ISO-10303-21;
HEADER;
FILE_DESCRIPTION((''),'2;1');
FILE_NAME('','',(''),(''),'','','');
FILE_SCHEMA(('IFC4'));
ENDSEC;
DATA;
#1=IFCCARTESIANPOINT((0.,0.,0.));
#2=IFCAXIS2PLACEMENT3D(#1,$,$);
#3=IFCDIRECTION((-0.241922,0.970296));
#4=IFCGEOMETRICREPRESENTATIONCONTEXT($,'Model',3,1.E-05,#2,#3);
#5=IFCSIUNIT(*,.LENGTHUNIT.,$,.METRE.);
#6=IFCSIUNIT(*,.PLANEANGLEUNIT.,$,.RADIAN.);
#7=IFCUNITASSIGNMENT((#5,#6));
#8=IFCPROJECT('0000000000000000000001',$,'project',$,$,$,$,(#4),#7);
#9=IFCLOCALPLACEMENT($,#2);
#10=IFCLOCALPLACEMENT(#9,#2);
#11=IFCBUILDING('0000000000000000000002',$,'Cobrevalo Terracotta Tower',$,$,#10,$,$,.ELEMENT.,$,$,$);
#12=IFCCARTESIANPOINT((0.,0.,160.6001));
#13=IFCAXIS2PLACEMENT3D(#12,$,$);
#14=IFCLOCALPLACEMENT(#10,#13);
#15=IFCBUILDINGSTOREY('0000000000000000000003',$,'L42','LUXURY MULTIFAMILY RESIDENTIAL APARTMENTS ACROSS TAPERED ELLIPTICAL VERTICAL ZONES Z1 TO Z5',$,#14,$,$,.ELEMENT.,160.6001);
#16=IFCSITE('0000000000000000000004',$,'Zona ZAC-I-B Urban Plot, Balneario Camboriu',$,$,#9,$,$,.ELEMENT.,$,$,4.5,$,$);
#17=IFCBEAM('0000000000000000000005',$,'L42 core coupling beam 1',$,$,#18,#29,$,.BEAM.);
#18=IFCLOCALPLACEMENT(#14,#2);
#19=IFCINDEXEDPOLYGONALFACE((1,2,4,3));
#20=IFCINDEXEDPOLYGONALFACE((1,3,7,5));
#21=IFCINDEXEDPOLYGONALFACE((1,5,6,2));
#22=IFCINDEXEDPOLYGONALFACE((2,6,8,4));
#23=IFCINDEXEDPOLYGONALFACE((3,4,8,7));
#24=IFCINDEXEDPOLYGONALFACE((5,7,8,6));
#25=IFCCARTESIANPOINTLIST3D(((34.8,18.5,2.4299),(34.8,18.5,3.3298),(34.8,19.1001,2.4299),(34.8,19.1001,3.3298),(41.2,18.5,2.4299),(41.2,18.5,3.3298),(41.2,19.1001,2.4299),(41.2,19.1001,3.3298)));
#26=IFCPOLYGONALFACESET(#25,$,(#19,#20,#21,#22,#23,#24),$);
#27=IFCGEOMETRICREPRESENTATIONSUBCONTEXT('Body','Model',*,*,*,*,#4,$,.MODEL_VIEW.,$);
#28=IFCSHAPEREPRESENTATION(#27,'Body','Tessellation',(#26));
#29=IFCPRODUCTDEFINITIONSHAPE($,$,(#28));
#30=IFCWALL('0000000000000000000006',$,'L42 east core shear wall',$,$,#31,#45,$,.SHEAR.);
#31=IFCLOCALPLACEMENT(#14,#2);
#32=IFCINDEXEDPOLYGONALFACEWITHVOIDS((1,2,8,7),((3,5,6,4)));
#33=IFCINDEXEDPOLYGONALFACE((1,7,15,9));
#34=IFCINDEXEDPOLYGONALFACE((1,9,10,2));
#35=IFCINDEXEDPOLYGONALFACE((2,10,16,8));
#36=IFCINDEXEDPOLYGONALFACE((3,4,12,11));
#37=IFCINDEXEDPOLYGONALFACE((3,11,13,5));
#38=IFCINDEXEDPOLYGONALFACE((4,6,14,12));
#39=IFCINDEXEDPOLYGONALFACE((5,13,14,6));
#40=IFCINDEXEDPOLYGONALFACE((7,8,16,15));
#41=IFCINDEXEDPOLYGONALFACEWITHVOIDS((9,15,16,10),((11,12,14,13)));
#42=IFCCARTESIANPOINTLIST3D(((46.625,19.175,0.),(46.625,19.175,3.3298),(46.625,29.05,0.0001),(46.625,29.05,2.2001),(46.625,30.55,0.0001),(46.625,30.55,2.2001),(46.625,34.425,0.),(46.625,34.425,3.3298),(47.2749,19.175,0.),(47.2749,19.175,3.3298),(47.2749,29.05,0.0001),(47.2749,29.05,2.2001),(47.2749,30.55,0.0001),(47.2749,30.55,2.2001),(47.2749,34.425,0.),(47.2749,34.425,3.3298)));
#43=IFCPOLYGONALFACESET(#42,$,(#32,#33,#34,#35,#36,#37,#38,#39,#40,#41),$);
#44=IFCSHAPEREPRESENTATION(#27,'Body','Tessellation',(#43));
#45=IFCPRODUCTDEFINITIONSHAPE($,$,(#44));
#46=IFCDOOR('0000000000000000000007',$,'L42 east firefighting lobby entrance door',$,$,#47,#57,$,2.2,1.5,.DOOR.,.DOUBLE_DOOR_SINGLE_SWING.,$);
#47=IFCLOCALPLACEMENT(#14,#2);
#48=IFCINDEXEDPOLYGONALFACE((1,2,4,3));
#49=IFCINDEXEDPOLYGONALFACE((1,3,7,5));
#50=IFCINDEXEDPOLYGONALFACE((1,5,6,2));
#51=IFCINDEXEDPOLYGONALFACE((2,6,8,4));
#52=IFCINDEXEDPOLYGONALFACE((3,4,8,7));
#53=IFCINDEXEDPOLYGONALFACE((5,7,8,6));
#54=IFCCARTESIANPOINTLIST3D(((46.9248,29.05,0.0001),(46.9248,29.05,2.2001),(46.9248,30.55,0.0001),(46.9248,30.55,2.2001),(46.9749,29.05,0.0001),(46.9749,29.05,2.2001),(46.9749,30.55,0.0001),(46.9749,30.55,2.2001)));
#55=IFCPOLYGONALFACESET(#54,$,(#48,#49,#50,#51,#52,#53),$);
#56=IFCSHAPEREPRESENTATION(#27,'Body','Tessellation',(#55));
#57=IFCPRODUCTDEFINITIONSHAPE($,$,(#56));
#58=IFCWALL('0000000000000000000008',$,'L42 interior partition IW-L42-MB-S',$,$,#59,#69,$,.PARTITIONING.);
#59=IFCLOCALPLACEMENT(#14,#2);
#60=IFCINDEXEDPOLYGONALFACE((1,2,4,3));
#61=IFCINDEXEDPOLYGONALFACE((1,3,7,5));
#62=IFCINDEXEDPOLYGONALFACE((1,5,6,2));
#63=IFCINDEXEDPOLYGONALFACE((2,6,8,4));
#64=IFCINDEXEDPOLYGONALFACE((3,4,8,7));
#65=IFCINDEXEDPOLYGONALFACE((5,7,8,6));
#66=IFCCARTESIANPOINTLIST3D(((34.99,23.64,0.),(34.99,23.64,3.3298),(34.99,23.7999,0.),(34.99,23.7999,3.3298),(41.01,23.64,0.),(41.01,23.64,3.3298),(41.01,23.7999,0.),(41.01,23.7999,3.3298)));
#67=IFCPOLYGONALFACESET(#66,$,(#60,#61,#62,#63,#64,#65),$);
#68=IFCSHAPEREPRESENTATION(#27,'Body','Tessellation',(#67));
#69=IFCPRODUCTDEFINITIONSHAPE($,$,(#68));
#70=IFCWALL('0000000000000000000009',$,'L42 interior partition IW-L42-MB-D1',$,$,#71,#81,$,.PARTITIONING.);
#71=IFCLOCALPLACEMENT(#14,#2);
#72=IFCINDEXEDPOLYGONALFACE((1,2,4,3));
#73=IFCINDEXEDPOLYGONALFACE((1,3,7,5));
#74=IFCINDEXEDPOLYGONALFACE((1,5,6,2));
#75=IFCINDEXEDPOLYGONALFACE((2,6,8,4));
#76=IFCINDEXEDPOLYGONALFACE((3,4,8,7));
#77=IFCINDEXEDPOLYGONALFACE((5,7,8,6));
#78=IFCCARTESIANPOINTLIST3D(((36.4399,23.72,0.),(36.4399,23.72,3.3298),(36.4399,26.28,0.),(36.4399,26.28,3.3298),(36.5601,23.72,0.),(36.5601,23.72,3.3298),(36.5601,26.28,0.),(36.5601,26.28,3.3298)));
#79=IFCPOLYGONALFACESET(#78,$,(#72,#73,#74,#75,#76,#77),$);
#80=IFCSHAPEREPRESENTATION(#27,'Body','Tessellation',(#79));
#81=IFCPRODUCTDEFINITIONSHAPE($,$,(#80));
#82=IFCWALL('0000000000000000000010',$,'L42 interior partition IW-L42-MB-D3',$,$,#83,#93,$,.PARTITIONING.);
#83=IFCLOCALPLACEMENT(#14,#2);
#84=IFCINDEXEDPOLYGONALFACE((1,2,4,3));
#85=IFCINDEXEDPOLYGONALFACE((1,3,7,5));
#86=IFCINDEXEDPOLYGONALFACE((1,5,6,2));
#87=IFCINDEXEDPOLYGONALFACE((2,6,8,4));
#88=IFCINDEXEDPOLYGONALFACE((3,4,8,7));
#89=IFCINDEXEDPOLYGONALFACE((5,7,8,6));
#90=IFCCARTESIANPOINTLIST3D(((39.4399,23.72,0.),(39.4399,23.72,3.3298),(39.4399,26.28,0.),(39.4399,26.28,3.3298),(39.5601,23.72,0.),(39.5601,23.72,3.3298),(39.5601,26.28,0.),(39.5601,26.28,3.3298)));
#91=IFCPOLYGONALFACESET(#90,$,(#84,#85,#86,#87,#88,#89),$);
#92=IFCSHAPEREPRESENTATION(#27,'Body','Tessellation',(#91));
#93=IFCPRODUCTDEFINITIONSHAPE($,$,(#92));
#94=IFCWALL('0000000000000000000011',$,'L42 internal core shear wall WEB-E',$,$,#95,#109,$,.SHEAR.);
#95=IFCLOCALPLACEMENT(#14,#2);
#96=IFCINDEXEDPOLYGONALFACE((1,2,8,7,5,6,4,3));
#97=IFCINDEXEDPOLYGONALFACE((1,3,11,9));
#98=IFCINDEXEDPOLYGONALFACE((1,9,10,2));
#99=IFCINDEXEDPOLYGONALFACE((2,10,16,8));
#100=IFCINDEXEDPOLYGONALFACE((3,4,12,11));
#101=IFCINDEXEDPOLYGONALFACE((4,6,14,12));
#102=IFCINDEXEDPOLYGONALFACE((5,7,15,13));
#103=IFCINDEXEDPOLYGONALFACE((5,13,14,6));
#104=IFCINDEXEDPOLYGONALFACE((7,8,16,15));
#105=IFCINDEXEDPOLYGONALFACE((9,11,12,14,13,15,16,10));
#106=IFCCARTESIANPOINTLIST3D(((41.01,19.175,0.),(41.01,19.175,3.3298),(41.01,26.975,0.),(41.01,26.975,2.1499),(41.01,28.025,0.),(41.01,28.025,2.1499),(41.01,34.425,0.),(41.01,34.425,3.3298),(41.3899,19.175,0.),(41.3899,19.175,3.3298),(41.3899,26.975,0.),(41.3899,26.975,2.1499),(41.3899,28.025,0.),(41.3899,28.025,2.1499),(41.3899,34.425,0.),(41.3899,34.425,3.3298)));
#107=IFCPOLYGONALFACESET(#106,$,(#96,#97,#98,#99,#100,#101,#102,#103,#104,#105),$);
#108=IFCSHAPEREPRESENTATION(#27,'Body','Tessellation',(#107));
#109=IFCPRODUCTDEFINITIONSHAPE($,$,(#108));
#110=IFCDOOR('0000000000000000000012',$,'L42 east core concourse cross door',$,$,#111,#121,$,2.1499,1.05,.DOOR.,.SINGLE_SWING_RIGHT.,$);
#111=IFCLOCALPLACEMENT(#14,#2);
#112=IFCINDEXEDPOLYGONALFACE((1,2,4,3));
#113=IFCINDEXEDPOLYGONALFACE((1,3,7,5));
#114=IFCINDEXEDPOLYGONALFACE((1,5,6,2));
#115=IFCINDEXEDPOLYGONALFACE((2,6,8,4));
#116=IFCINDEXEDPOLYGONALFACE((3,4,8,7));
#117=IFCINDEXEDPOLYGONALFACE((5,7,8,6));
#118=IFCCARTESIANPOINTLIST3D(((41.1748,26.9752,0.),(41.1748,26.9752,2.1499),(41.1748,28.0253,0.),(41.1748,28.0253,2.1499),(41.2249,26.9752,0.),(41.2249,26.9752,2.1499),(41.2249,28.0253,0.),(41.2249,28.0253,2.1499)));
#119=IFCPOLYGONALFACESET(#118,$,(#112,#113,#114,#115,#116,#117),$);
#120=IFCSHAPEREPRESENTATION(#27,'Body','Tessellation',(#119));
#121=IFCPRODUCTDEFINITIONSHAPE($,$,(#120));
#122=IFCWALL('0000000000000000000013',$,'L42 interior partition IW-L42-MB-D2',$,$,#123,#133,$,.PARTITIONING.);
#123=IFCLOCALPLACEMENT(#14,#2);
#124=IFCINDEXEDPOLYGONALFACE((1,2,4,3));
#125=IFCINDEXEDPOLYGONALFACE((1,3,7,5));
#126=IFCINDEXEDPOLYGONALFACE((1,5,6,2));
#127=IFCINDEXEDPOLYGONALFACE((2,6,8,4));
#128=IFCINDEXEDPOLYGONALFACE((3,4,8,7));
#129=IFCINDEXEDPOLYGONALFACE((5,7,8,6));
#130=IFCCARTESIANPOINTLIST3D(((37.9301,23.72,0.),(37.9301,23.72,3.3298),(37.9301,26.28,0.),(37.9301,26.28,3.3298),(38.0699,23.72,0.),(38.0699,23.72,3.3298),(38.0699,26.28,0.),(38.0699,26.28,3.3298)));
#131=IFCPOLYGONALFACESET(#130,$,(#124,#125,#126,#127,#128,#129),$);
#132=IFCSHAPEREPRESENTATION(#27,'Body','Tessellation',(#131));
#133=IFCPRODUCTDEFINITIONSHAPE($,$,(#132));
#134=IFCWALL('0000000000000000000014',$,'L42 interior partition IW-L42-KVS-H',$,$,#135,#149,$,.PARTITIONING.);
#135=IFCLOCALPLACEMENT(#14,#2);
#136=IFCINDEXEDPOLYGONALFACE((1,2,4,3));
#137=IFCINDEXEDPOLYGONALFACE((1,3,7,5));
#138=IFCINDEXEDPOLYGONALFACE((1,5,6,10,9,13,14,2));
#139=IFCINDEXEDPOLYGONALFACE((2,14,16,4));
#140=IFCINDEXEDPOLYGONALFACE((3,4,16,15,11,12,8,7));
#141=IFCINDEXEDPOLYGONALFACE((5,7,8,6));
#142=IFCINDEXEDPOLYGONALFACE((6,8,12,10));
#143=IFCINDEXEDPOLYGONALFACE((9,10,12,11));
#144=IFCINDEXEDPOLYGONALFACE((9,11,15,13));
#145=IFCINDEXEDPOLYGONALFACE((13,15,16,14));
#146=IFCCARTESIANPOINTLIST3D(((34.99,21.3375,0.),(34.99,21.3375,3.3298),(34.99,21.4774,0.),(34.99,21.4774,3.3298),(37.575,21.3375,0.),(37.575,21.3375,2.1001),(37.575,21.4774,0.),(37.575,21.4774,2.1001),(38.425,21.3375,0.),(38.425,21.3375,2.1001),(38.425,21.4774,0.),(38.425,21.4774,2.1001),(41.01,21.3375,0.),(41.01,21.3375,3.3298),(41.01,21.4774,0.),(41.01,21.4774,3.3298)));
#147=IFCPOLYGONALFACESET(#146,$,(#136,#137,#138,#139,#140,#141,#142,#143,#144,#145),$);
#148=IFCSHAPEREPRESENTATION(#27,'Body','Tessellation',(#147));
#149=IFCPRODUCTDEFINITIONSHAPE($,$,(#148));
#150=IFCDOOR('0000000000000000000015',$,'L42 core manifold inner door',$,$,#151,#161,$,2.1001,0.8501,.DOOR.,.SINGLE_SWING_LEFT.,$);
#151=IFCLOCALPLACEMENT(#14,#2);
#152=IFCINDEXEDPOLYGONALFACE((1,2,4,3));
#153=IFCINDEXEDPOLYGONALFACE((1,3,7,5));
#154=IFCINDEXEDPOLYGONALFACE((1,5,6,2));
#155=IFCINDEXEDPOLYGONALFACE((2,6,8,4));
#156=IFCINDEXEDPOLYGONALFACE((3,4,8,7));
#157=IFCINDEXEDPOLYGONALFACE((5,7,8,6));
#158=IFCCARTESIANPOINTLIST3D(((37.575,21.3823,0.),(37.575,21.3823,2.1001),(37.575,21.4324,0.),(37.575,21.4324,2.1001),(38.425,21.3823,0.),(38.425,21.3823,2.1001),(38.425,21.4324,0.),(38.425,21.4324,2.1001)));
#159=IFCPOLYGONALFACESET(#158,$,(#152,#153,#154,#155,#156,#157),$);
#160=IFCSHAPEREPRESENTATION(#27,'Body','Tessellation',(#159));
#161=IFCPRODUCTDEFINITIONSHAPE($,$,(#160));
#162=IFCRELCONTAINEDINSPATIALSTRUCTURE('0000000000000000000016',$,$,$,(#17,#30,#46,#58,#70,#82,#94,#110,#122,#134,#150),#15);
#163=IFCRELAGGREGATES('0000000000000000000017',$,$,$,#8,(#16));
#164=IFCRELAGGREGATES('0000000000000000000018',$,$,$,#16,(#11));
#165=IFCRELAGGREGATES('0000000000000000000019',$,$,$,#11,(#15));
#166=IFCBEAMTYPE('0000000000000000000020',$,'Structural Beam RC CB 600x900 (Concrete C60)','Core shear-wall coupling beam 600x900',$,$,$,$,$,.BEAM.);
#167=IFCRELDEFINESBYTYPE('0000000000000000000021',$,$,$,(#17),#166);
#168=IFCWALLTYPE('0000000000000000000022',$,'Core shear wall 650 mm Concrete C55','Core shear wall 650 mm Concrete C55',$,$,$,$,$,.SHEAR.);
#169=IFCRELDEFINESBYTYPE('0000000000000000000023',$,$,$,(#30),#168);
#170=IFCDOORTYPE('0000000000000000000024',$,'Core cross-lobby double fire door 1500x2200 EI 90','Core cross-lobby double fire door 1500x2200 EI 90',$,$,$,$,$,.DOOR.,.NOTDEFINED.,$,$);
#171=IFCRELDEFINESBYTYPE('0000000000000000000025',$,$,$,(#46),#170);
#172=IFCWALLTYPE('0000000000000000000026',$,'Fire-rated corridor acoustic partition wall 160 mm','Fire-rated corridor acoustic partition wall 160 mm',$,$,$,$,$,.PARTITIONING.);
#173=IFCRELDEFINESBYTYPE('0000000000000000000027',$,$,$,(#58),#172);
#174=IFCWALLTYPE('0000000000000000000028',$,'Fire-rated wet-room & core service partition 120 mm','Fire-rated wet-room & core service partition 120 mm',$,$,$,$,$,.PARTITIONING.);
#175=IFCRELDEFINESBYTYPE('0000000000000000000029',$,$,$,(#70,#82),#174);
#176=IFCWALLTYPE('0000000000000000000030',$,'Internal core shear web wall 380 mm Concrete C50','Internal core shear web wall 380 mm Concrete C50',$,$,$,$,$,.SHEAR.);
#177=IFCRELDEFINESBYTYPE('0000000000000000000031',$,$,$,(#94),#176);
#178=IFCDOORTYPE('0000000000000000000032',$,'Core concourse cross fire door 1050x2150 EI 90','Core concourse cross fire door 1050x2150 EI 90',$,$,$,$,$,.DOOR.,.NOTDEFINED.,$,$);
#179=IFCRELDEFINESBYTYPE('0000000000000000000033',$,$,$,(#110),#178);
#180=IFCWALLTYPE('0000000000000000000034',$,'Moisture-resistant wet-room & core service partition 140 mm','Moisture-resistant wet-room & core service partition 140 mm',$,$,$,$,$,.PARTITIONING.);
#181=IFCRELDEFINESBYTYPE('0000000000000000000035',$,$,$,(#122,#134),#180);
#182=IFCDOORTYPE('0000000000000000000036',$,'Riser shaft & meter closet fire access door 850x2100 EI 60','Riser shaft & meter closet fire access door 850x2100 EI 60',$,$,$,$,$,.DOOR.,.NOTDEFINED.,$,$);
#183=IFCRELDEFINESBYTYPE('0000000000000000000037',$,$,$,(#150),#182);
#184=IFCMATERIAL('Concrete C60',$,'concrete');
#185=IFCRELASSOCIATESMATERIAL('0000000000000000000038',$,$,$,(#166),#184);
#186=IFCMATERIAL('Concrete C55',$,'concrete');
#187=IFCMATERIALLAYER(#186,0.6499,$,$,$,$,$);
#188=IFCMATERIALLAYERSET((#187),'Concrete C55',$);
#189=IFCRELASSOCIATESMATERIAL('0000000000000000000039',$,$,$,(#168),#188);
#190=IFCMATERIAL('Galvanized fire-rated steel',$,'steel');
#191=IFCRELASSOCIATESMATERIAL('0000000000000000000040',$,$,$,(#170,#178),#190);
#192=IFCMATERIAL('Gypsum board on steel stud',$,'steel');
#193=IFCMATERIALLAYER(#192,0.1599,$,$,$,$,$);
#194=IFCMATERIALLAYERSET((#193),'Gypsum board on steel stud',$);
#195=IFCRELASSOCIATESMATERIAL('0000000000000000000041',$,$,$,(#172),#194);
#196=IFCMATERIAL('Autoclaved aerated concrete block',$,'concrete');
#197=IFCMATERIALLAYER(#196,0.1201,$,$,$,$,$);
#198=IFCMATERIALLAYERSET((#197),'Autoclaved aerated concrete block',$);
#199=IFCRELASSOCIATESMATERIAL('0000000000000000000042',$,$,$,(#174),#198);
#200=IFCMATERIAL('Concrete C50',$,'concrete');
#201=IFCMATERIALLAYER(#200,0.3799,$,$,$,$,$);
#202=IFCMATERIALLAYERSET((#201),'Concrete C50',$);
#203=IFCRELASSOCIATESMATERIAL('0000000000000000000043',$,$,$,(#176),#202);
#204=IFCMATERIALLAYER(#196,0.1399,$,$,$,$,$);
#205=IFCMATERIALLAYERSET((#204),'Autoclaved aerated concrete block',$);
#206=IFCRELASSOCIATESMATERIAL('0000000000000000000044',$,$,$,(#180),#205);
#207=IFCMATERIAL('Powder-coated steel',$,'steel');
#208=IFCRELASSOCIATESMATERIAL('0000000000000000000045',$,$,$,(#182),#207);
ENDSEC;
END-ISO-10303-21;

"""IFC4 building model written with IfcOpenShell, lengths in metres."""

from ifc_helpers import new_model, si_unit, direction, frame, frame_2d, origin, origin_2d, place, context, subcontext, project, spatial, rectangle, extrude, source, transform, mapped, material, layer, layer_set, material_profile, profile_set, type_object, element, fill, save


model = new_model("IFC4")

# Units and contexts
model_context = context("Model", 3, precision=1e-05, world=origin(), true_north=direction((-0.241922, 0.970296)))
body_context = subcontext(model_context, "Body", "Model", "MODEL_VIEW")
ifc_project = project(units=[si_unit("LENGTHUNIT", "METRE"), si_unit("PLANEANGLEUNIT", "RADIAN")], contexts=[model_context])

# Site, building, storey
site_placement = place(None, origin())
site = spatial("IfcSite", under=ifc_project, at=site_placement, Name="Zona ZAC-I-B Urban Plot, Balneario Camboriu", CompositionType="ELEMENT", RefElevation=4.5)
building_placement = place(site_placement, origin())
building = spatial("IfcBuilding", under=site, at=building_placement, Name="Cobrevalo Terracotta Tower", CompositionType="ELEMENT")
storey_placement = place(building_placement, frame((0.0, 0.0, 160.6001)))
storey = spatial("IfcBuildingStorey", under=building, at=storey_placement, Name="L42", Description="LUXURY MULTIFAMILY RESIDENTIAL APARTMENTS ACROSS TAPERED ELLIPTICAL VERTICAL ZONES Z1 TO Z5", CompositionType="ELEMENT", Elevation=160.6001)

# Beam
ifc_material_1 = material(Name="Concrete C60", Category="concrete")
ifc_material_profile = material_profile(ifc_material_1, rectangle(XDim=0.6001, YDim=0.8999, at=origin_2d()), Name="RC CB 600x900")
ifc_profile_set = profile_set([ifc_material_profile], Name="Concrete C60")
beam_type = type_object("IfcBeamType", Name="Structural Beam RC CB 600x900 (Concrete C60)", Description="Core shear-wall coupling beam 600x900", PredefinedType="BEAM", material=ifc_profile_set)
beam_placement = place(storey_placement, frame((34.8, 18.8, 2.8799), z_axis=(1.0, 0.0, 0.0), x_axis=(0.0, 1.0, 0.0)))
element("IfcBeam", 1, at=beam_placement, inside=storey, type_object=beam_type, Name="L42 core coupling beam 1", PredefinedType="BEAM", context=body_context, shape_type="SweptSolid", body=[
    extrude(rectangle(XDim=0.6001, YDim=0.8999, at=origin_2d()), origin(), (0.0, 0.0, 1.0), 6.3999),
])

# Wall, opening, door
ifc_material_2 = material(Name="Concrete C55", Category="concrete")
ifc_layer_1 = layer(ifc_material_2, 0.6499)
ifc_layer_set_1 = layer_set([ifc_layer_1], Name="Concrete C55")
wall_type_1 = type_object("IfcWallType", Name="Core shear wall 650 mm Concrete C55", Description="Core shear wall 650 mm Concrete C55", PredefinedType="SHEAR", material=ifc_layer_set_1)
wall_1_placement = place(storey_placement, frame((46.95, 19.175, 0.0), z_axis=(0.0, 0.0, 1.0), x_axis=(0.0, 1.0, 0.0)))
wall_1 = element("IfcWall", 2, at=wall_1_placement, inside=storey, type_object=wall_type_1, Name="L42 east core shear wall", PredefinedType="SHEAR", context=body_context, shape_type="SweptSolid", body=[
    extrude(rectangle(XDim=15.25, YDim=0.6499, at=frame_2d((7.625, 0.0))), origin(), (0.0, 0.0, 1.0), 3.3298),
])
opening_1_placement = place(wall_1_placement, frame((9.875, 0.0, 0.0)))
opening_1 = element("IfcOpeningElement", 3, at=opening_1_placement, cuts=wall_1, PredefinedType="OPENING", context=body_context, shape_type="SweptSolid", body=[
    extrude(rectangle(XDim=1.5, YDim=2.2, at=frame_2d((0.75, 1.1001))), frame((0.0, 0.335, 0.0), z_axis=(0.0, -1.0, 0.0), x_axis=(1.0, 0.0, 0.0)), (0.0, 0.0, 1.0), 0.6699),
])
ifc_material_3 = material(Name="Galvanized fire-rated steel", Category="steel")
door_type_1 = type_object("IfcDoorType", Name="Core cross-lobby double fire door 1500x2200 EI 90", Description="Core cross-lobby double fire door 1500x2200 EI 90", OperationType="NOTDEFINED", PredefinedType="DOOR", material=ifc_material_3)
shared_shape_1 = source(origin(), body_context, "Body", "SweptSolid", [
    extrude(rectangle(XDim=1.5, YDim=2.2, at=frame_2d((0.75, 1.1001))), frame((0.0, 0.0249, 0.0), z_axis=(0.0, -1.0, 0.0), x_axis=(1.0, 0.0, 0.0)), (0.0, 0.0, 1.0), 0.05),
])
door_1_placement = place(opening_1_placement, frame((1.5, 0.0, 0.0), z_axis=(0.0, 0.0, 1.0), x_axis=(-1.0, 0.0, 0.0)))
door_1 = element("IfcDoor", 4, at=door_1_placement, inside=storey, type_object=door_type_1, Name="L42 east firefighting lobby entrance door", OperationType="DOUBLE_DOOR_SINGLE_SWING", OverallHeight=2.2, OverallWidth=1.5, PredefinedType="DOOR", context=body_context, shape_type="MappedRepresentation", body=[
    mapped(shared_shape_1, transform((0.0, 0.0, 0.0), scale=1.0)),
])
fill(opening_1, door_1)

# Walls
ifc_material_4 = material(Name="Gypsum board on steel stud", Category="steel")
ifc_layer_2 = layer(ifc_material_4, 0.1599)
ifc_layer_set_2 = layer_set([ifc_layer_2], Name="Gypsum board on steel stud")
wall_type_2 = type_object("IfcWallType", Name="Fire-rated corridor acoustic partition wall 160 mm", Description="Fire-rated corridor acoustic partition wall 160 mm", PredefinedType="PARTITIONING", material=ifc_layer_set_2)
wall_2_placement = place(storey_placement, frame((34.99, 23.72, 0.0), z_axis=(0.0, 0.0, 1.0), x_axis=(1.0, 0.0, 0.0)))
element("IfcWall", 5, at=wall_2_placement, inside=storey, type_object=wall_type_2, Name="L42 interior partition IW-L42-MB-S", PredefinedType="PARTITIONING", context=body_context, shape_type="SweptSolid", body=[
    extrude(rectangle(XDim=6.02, YDim=0.1599, at=frame_2d((3.01, 0.0))), origin(), (0.0, 0.0, 1.0), 3.3298),
])
ifc_material_5 = material(Name="Autoclaved aerated concrete block", Category="concrete")
ifc_layer_3 = layer(ifc_material_5, 0.1201)
ifc_layer_set_3 = layer_set([ifc_layer_3], Name="Autoclaved aerated concrete block")
wall_type_3 = type_object("IfcWallType", Name="Fire-rated wet-room & core service partition 120 mm", Description="Fire-rated wet-room & core service partition 120 mm", PredefinedType="PARTITIONING", material=ifc_layer_set_3)
for number, where, z_axis, x_axis, name in (
    (6, (36.5, 23.72, 0.0), (0.0, 0.0, 1.0), (0.0, 1.0, 0.0), "L42 interior partition IW-L42-MB-D1"),
    (7, (39.5, 23.72, 0.0), (0.0, 0.0, 1.0), (0.0, 1.0, 0.0), "L42 interior partition IW-L42-MB-D3"),
):
    element("IfcWall", number, at=place(storey_placement, frame(where, z_axis=z_axis, x_axis=x_axis)), inside=storey, type_object=wall_type_3, Name=name, PredefinedType="PARTITIONING", context=body_context, shape_type="SweptSolid", body=[
        extrude(rectangle(XDim=2.5601, YDim=0.1201, at=frame_2d((1.28, 0.0))), origin(), (0.0, 0.0, 1.0), 3.3298),
    ])

# Wall, opening, door
ifc_material_6 = material(Name="Concrete C50", Category="concrete")
ifc_layer_4 = layer(ifc_material_6, 0.3799)
ifc_layer_set_4 = layer_set([ifc_layer_4], Name="Concrete C50")
wall_type_4 = type_object("IfcWallType", Name="Internal core shear web wall 380 mm Concrete C50", Description="Internal core shear web wall 380 mm Concrete C50", PredefinedType="SHEAR", material=ifc_layer_set_4)
wall_3_placement = place(storey_placement, frame((41.2, 19.175, 0.0), z_axis=(0.0, 0.0, 1.0), x_axis=(0.0, 1.0, 0.0)))
wall_3 = element("IfcWall", 8, at=wall_3_placement, inside=storey, type_object=wall_type_4, Name="L42 internal core shear wall WEB-E", PredefinedType="SHEAR", context=body_context, shape_type="SweptSolid", body=[
    extrude(rectangle(XDim=15.25, YDim=0.3799, at=frame_2d((7.625, 0.0))), origin(), (0.0, 0.0, 1.0), 3.3298),
])
opening_2_placement = place(wall_3_placement, frame((7.8, 0.0, 0.0)))
opening_2 = element("IfcOpeningElement", 9, at=opening_2_placement, cuts=wall_3, PredefinedType="OPENING", context=body_context, shape_type="SweptSolid", body=[
    extrude(rectangle(XDim=1.05, YDim=2.1499, at=frame_2d((0.5249, 1.075))), frame((0.0, 0.2, 0.0), z_axis=(0.0, -1.0, 0.0), x_axis=(1.0, 0.0, 0.0)), (0.0, 0.0, 1.0), 0.3999),
])
door_type_2 = type_object("IfcDoorType", Name="Core concourse cross fire door 1050x2150 EI 90", Description="Core concourse cross fire door 1050x2150 EI 90", OperationType="NOTDEFINED", PredefinedType="DOOR", material=ifc_material_3)
shared_shape_2 = source(origin(), body_context, "Body", "SweptSolid", [
    extrude(rectangle(XDim=1.05, YDim=2.1499, at=frame_2d((0.5249, 1.075))), frame((0.0, 0.0249, 0.0), z_axis=(0.0, -1.0, 0.0), x_axis=(1.0, 0.0, 0.0)), (0.0, 0.0, 1.0), 0.05),
])
door_2_placement = place(opening_2_placement, frame((1.05, 0.0, 0.0), z_axis=(0.0, 0.0, 1.0), x_axis=(-1.0, 0.0, 0.0)))
door_2 = element("IfcDoor", 10, at=door_2_placement, inside=storey, type_object=door_type_2, Name="L42 east core concourse cross door", OperationType="SINGLE_SWING_RIGHT", OverallHeight=2.1499, OverallWidth=1.05, PredefinedType="DOOR", context=body_context, shape_type="MappedRepresentation", body=[
    mapped(shared_shape_2, transform((0.0, 0.0, 0.0), scale=1.0)),
])
fill(opening_2, door_2)

# Wall
ifc_layer_5 = layer(ifc_material_5, 0.1399)
ifc_layer_set_5 = layer_set([ifc_layer_5], Name="Autoclaved aerated concrete block")
wall_type_5 = type_object("IfcWallType", Name="Moisture-resistant wet-room & core service partition 140 mm", Description="Moisture-resistant wet-room & core service partition 140 mm", PredefinedType="PARTITIONING", material=ifc_layer_set_5)
wall_4_placement = place(storey_placement, frame((38.0, 23.72, 0.0), z_axis=(0.0, 0.0, 1.0), x_axis=(0.0, 1.0, 0.0)))
element("IfcWall", 11, at=wall_4_placement, inside=storey, type_object=wall_type_5, Name="L42 interior partition IW-L42-MB-D2", PredefinedType="PARTITIONING", context=body_context, shape_type="SweptSolid", body=[
    extrude(rectangle(XDim=2.5601, YDim=0.1399, at=frame_2d((1.28, 0.0))), origin(), (0.0, 0.0, 1.0), 3.3298),
])

# Wall, opening, door
wall_5_placement = place(storey_placement, frame((34.99, 21.4075, 0.0), z_axis=(0.0, 0.0, 1.0), x_axis=(1.0, 0.0, 0.0)))
wall_5 = element("IfcWall", 12, at=wall_5_placement, inside=storey, type_object=wall_type_5, Name="L42 interior partition IW-L42-KVS-H", PredefinedType="PARTITIONING", context=body_context, shape_type="SweptSolid", body=[
    extrude(rectangle(XDim=6.02, YDim=0.1399, at=frame_2d((3.01, 0.0))), origin(), (0.0, 0.0, 1.0), 3.3298),
])
opening_3_placement = place(wall_5_placement, frame((2.585, 0.0, 0.0)))
opening_3 = element("IfcOpeningElement", 13, at=opening_3_placement, cuts=wall_5, PredefinedType="OPENING", context=body_context, shape_type="SweptSolid", body=[
    extrude(rectangle(XDim=0.8501, YDim=2.1001, at=frame_2d((0.425, 1.05))), frame((0.0, 0.0801, 0.0), z_axis=(0.0, -1.0, 0.0), x_axis=(1.0, 0.0, 0.0)), (0.0, 0.0, 1.0), 0.1599),
])
ifc_material_7 = material(Name="Powder-coated steel", Category="steel")
door_type_3 = type_object("IfcDoorType", Name="Riser shaft & meter closet fire access door 850x2100 EI 60", Description="Riser shaft & meter closet fire access door 850x2100 EI 60", OperationType="NOTDEFINED", PredefinedType="DOOR", material=ifc_material_7)
shared_shape_3 = source(origin(), body_context, "Body", "SweptSolid", [
    extrude(rectangle(XDim=0.8501, YDim=2.1001, at=frame_2d((0.425, 1.05))), frame((0.0, 0.0249, 0.0), z_axis=(0.0, -1.0, 0.0), x_axis=(1.0, 0.0, 0.0)), (0.0, 0.0, 1.0), 0.05),
])
door_3_placement = place(opening_3_placement, origin())
door_3 = element("IfcDoor", 14, at=door_3_placement, inside=storey, type_object=door_type_3, Name="L42 core manifold inner door", OperationType="SINGLE_SWING_LEFT", OverallHeight=2.1001, OverallWidth=0.8501, PredefinedType="DOOR", context=body_context, shape_type="MappedRepresentation", body=[
    mapped(shared_shape_3, transform((0.0, 0.0, 0.0), scale=1.0)),
])
fill(opening_3, door_3)

save(model, "model.ifc")
